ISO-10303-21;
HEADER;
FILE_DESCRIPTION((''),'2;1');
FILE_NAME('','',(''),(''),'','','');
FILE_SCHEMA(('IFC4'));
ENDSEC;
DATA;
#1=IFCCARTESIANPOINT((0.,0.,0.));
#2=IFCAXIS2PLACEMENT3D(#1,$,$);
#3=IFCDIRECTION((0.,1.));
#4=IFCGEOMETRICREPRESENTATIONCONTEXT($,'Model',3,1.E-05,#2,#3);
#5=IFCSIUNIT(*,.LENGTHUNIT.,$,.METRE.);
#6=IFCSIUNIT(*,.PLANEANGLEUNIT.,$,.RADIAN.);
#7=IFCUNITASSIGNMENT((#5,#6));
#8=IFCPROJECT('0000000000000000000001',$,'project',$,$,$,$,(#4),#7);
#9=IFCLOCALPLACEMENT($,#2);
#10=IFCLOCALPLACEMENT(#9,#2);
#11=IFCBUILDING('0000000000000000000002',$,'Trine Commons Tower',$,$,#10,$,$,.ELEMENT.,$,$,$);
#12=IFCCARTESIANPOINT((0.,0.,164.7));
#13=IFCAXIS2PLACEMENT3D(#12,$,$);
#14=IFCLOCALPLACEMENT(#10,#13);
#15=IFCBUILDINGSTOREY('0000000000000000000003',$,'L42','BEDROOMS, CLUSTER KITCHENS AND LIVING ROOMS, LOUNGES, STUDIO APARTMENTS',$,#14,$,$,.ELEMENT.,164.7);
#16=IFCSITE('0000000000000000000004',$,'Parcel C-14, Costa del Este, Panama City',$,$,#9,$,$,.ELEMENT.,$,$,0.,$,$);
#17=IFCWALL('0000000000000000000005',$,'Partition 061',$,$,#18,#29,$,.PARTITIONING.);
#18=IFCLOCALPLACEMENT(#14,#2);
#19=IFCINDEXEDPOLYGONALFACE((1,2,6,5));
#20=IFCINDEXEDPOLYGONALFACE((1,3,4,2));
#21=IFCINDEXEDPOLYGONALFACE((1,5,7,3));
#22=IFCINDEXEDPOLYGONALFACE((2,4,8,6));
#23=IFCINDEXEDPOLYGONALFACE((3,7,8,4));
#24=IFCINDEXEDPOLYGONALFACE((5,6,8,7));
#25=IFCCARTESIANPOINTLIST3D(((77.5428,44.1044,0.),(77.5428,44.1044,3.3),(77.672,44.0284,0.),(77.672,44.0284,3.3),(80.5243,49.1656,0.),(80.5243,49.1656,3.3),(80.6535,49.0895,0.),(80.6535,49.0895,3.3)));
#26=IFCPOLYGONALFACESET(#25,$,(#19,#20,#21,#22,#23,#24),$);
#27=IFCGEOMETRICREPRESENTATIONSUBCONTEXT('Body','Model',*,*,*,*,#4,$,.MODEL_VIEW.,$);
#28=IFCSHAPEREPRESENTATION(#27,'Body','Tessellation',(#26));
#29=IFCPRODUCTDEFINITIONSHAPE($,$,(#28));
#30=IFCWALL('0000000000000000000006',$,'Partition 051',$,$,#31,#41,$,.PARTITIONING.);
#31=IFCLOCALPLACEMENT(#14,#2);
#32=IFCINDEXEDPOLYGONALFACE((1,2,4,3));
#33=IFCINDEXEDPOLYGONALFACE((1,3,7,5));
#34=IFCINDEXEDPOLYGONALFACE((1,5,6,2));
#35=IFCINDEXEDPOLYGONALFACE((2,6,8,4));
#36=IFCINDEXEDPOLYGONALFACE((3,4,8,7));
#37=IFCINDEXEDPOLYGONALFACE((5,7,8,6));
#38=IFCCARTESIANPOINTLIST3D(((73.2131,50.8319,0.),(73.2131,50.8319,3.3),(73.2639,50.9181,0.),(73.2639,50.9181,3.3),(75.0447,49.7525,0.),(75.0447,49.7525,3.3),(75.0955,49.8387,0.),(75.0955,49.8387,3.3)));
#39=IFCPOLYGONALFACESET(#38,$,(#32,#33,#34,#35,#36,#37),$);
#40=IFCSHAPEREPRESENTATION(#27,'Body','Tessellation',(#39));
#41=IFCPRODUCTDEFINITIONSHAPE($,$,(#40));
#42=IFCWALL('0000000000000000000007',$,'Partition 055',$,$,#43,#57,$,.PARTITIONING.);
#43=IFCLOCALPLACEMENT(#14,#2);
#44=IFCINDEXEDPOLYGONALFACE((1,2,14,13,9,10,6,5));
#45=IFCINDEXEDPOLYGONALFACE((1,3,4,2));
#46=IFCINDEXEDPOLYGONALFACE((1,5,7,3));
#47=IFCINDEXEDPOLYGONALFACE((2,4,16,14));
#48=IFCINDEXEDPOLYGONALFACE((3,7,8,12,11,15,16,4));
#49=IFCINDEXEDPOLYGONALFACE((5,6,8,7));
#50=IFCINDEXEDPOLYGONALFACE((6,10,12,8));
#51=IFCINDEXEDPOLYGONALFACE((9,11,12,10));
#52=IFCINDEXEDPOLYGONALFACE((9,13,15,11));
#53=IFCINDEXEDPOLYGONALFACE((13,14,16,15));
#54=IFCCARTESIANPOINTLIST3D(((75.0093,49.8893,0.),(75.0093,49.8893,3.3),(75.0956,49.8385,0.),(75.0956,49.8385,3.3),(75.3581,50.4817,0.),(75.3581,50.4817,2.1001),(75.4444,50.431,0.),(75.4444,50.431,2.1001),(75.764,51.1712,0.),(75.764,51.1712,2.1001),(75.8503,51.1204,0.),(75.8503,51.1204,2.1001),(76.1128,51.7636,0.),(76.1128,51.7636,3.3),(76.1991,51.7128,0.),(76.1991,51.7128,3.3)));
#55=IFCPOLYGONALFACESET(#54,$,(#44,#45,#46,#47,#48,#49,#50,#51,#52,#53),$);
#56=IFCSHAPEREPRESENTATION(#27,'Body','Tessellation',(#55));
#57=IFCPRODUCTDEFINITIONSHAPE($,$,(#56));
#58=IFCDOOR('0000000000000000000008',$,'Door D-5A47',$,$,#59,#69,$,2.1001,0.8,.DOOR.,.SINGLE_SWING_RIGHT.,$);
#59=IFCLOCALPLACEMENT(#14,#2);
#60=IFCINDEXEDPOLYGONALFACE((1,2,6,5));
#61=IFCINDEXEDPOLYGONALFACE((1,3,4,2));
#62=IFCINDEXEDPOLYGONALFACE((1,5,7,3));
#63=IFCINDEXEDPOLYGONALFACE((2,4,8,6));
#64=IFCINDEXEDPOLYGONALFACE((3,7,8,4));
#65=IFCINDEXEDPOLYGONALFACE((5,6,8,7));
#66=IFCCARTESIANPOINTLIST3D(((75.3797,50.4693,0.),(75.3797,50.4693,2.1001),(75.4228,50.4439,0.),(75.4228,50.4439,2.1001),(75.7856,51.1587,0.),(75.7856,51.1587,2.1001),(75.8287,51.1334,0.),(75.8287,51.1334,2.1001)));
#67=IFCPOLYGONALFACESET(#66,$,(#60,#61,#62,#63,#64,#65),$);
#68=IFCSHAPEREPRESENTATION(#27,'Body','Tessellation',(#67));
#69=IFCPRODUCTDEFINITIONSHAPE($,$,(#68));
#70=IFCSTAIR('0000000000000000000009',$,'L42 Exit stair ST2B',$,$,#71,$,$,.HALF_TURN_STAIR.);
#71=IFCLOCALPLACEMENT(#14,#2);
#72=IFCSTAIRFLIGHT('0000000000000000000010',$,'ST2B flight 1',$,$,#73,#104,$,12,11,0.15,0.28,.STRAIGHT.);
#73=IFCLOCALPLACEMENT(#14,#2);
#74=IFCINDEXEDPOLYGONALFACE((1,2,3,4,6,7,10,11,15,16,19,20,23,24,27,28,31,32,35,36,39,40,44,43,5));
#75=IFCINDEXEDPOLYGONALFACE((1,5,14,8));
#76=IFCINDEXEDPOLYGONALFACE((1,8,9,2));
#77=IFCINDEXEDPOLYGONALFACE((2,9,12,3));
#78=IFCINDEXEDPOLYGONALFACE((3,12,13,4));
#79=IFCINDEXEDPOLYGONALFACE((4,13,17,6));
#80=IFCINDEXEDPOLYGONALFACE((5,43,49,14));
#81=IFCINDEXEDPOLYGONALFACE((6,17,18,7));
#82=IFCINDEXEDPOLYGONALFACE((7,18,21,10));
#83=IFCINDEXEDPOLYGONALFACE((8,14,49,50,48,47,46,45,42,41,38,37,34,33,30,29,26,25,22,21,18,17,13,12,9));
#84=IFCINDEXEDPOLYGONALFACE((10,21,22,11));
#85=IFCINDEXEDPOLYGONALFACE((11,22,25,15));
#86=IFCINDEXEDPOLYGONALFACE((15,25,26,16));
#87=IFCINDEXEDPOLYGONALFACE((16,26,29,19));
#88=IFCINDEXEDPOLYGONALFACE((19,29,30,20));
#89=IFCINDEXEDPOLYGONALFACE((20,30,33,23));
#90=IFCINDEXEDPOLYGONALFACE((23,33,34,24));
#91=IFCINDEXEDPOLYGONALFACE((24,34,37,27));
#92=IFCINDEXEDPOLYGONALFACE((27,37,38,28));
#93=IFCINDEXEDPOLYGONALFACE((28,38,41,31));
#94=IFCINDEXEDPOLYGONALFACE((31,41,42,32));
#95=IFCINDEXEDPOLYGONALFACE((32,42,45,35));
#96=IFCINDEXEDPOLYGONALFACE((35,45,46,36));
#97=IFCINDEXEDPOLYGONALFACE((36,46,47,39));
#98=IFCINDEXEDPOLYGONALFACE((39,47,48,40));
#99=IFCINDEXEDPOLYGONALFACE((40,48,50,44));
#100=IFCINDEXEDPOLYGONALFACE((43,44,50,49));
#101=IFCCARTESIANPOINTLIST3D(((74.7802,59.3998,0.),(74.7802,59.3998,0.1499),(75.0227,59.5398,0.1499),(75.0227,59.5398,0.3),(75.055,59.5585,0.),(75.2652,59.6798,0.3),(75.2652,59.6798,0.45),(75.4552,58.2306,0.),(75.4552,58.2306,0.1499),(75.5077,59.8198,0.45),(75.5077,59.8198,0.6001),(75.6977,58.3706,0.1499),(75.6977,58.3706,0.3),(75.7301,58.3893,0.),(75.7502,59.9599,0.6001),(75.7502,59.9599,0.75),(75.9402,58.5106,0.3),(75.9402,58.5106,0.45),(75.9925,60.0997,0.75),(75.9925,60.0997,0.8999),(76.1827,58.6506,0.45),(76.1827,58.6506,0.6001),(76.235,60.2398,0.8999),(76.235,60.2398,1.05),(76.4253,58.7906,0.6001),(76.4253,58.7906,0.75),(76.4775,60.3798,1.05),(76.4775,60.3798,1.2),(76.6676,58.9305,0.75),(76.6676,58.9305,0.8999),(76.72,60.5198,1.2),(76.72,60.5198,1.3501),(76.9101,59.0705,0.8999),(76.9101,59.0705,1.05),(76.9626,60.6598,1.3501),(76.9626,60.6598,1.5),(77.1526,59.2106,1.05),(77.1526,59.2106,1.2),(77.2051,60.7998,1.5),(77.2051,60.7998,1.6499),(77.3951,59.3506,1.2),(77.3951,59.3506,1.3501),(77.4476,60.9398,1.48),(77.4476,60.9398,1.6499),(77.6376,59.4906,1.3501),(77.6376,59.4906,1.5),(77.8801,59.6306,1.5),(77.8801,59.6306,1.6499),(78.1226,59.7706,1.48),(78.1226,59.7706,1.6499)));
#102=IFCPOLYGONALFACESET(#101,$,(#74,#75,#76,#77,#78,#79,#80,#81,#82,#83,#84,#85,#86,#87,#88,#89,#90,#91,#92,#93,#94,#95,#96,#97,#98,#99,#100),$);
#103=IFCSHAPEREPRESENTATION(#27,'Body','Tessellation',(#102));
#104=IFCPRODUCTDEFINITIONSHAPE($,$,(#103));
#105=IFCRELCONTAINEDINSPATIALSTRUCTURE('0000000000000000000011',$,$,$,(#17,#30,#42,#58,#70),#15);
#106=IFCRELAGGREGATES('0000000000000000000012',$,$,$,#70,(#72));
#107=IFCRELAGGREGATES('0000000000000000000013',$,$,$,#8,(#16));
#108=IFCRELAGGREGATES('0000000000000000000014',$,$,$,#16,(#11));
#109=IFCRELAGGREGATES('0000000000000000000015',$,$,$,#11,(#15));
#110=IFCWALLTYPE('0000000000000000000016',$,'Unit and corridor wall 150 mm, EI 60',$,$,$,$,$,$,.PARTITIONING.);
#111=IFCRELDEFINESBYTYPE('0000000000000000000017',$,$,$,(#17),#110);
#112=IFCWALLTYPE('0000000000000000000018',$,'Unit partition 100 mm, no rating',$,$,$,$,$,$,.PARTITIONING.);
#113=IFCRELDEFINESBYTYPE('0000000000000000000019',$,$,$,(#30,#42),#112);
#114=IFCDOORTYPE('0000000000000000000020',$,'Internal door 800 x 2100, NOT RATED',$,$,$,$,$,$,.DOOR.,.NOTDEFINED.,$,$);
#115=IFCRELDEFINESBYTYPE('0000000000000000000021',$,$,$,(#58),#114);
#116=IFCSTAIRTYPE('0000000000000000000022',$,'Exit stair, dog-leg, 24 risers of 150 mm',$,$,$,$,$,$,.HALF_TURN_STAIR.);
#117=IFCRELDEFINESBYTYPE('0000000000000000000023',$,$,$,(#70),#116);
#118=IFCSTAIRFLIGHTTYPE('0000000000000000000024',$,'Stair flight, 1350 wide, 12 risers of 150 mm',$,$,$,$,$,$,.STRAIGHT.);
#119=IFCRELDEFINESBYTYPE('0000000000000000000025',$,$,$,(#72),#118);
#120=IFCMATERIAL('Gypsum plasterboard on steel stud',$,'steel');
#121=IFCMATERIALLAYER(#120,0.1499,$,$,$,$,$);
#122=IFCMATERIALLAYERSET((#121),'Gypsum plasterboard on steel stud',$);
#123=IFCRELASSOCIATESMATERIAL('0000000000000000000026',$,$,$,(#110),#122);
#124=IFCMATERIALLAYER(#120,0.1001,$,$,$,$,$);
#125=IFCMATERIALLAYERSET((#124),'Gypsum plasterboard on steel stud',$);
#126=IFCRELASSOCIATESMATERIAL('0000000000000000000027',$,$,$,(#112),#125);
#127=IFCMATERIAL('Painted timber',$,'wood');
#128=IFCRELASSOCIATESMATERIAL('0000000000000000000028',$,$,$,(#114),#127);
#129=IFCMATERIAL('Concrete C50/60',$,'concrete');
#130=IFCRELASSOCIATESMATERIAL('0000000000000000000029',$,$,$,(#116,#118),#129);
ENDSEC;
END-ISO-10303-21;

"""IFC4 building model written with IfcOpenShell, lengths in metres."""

from ifc_helpers import new_model, si_unit, direction, frame, frame_2d, origin, place, context, subcontext, project, spatial, polyline, rectangle, outline, extrude, material, layer, layer_set, type_object, element, fill, aggregate, save


model = new_model("IFC4")

# Units and contexts
model_context = context("Model", 3, precision=1e-05, world=origin(), true_north=direction((0.0, 1.0)))
body_context = subcontext(model_context, "Body", "Model", "MODEL_VIEW")
ifc_project = project(units=[si_unit("LENGTHUNIT", "METRE"), si_unit("PLANEANGLEUNIT", "RADIAN")], contexts=[model_context])

# Site, building, storey
site_placement = place(None, origin())
site = spatial("IfcSite", under=ifc_project, at=site_placement, Name="Parcel C-14, Costa del Este, Panama City", CompositionType="ELEMENT", RefElevation=0.0)
building_placement = place(site_placement, origin())
building = spatial("IfcBuilding", under=site, at=building_placement, Name="Trine Commons Tower", CompositionType="ELEMENT")
storey_placement = place(building_placement, frame((0.0, 0.0, 164.7)))
storey = spatial("IfcBuildingStorey", under=building, at=storey_placement, Name="L42", Description="BEDROOMS, CLUSTER KITCHENS AND LIVING ROOMS, LOUNGES, STUDIO APARTMENTS", CompositionType="ELEMENT", Elevation=164.7)

# Shared definitions
ifc_material_1 = material(Name="Gypsum plasterboard on steel stud", Category="steel")
ifc_layer_1 = layer(ifc_material_1, 0.1499)
ifc_layer_set_1 = layer_set([ifc_layer_1], Name="Gypsum plasterboard on steel stud")
wall_type_1 = type_object("IfcWallType", Name="Unit and corridor wall 150 mm, EI 60", PredefinedType="PARTITIONING", material=ifc_layer_set_1)

# Walls
wall_1_placement = place(storey_placement, frame((77.6074, 44.0664, 0.0), z_axis=(0.0, 0.0, 1.0), x_axis=(0.507572, 0.861609, 0.0)))
element("IfcWall", 1, at=wall_1_placement, inside=storey, type_object=wall_type_1, Name="Partition 061", PredefinedType="PARTITIONING", context=body_context, shape_type="SweptSolid", body=[
    extrude(rectangle(XDim=5.874, YDim=0.1499, at=frame_2d((2.937, 0.0))), origin(), (0.0, 0.0, 1.0), 3.3),
])
ifc_layer_2 = layer(ifc_material_1, 0.1001)
ifc_layer_set_2 = layer_set([ifc_layer_2], Name="Gypsum plasterboard on steel stud")
wall_type_2 = type_object("IfcWallType", Name="Unit partition 100 mm, no rating", PredefinedType="PARTITIONING", material=ifc_layer_set_2)
wall_2_placement = place(storey_placement, frame((73.2385, 50.875, 0.0), z_axis=(0.0, 0.0, 1.0), x_axis=(0.861529, -0.507708, 0.0)))
element("IfcWall", 2, at=wall_2_placement, inside=storey, type_object=wall_type_2, Name="Partition 051", PredefinedType="PARTITIONING", context=body_context, shape_type="SweptSolid", body=[
    extrude(rectangle(XDim=2.126, YDim=0.1001, at=frame_2d((1.063, 0.0))), origin(), (0.0, 0.0, 1.0), 3.3),
])

# Wall, opening, door
wall_3_placement = place(storey_placement, frame((75.0525, 49.864, 0.0), z_axis=(0.0, 0.0, 1.0), x_axis=(0.507363, 0.861732, 0.0)))
wall_3 = element("IfcWall", 3, at=wall_3_placement, inside=storey, type_object=wall_type_2, Name="Partition 055", PredefinedType="PARTITIONING", context=body_context, shape_type="SweptSolid", body=[
    extrude(rectangle(XDim=2.175, YDim=0.1001, at=frame_2d((1.0874, 0.0))), origin(), (0.0, 0.0, 1.0), 3.3),
])
opening_1_placement = place(wall_3_placement, frame((0.6875, 0.0, 0.0)))
opening_1 = element("IfcOpeningElement", 4, at=opening_1_placement, cuts=wall_3, PredefinedType="OPENING", context=body_context, shape_type="SweptSolid", body=[
    extrude(rectangle(XDim=0.8, YDim=2.1001, at=frame_2d((0.3999, 1.05))), frame((0.0, 0.0601, 0.0), z_axis=(0.0, -1.0, 0.0), x_axis=(1.0, 0.0, 0.0)), (0.0, 0.0, 1.0), 0.1201),
])
ifc_material_2 = material(Name="Painted timber", Category="wood")
door_type_1 = type_object("IfcDoorType", Name="Internal door 800 x 2100, NOT RATED", OperationType="NOTDEFINED", PredefinedType="DOOR", material=ifc_material_2)
door_1_placement = place(opening_1_placement, frame((0.8, 0.0, 0.0), z_axis=(0.0, 0.0, 1.0), x_axis=(-1.0, 0.0, 0.0)))
door_1 = element("IfcDoor", 5, at=door_1_placement, inside=storey, type_object=door_type_1, Name="Door D-5A47", OperationType="SINGLE_SWING_RIGHT", OverallHeight=2.1001, OverallWidth=0.8, PredefinedType="DOOR", context=body_context, shape_type="SweptSolid", body=[
    extrude(rectangle(XDim=0.8, YDim=2.1001, at=frame_2d((0.3999, 1.05))), frame((0.0, 0.0249, 0.0), z_axis=(0.0, -1.0, 0.0), x_axis=(1.0, 0.0, 0.0)), (0.0, 0.0, 1.0), 0.05),
])
fill(opening_1, door_1)

# Stair, stair flight
ifc_material_3 = material(Name="Concrete C50/60", Category="concrete")
stair_type = type_object("IfcStairType", Name="Exit stair, dog-leg, 24 risers of 150 mm", PredefinedType="HALF_TURN_STAIR", material=ifc_material_3)
stair_placement = place(storey_placement, origin())
stair = element("IfcStair", 6, at=stair_placement, inside=storey, type_object=stair_type, Name="L42 Exit stair ST2B", PredefinedType="HALF_TURN_STAIR")
stair_flight_type = type_object("IfcStairFlightType", Name="Stair flight, 1350 wide, 12 risers of 150 mm", PredefinedType="STRAIGHT", material=ifc_material_3)
stair_flight_placement = place(storey_placement, frame((75.1177, 58.8152, 0.0), z_axis=(0.0, 0.0, 1.0), x_axis=(0.866025, 0.5, 0.0)))
stair_flight = element("IfcStairFlight", 7, at=stair_flight_placement, type_object=stair_flight_type, Name="ST2B flight 1", NumberOfRisers=12, NumberOfTreads=11, PredefinedType="STRAIGHT", RiserHeight=0.15, TreadLength=0.28, context=body_context, shape_type="SweptSolid", body=[
    extrude(outline(polyline([(0.0, 0.0), (0.0, 0.1499), (0.28, 0.1499), (0.28, 0.3), (0.5601, 0.3), (0.5601, 0.45), (0.8401, 0.45), (0.8401, 0.6001), (1.1201, 0.6001), (1.1201, 0.75), (1.3999, 0.75), (1.3999, 0.8999), (1.6799, 0.8999), (1.6799, 1.05), (1.96, 1.05), (1.96, 1.2), (2.24, 1.2), (2.24, 1.3501), (2.52, 1.3501), (2.52, 1.5), (2.8, 1.5), (2.8, 1.6499), (3.0801, 1.6499), (3.0801, 1.8), (3.0801, 1.48), (0.3174, 0.0), (0.0, 0.0)])), frame((0.0, 0.675, 0.0), z_axis=(0.0, -1.0, 0.0), x_axis=(1.0, 0.0, 0.0)), (0.0, 0.0, 1.0), 1.3501),
])
aggregate(stair, [stair_flight])

save(model, "model.ifc")
